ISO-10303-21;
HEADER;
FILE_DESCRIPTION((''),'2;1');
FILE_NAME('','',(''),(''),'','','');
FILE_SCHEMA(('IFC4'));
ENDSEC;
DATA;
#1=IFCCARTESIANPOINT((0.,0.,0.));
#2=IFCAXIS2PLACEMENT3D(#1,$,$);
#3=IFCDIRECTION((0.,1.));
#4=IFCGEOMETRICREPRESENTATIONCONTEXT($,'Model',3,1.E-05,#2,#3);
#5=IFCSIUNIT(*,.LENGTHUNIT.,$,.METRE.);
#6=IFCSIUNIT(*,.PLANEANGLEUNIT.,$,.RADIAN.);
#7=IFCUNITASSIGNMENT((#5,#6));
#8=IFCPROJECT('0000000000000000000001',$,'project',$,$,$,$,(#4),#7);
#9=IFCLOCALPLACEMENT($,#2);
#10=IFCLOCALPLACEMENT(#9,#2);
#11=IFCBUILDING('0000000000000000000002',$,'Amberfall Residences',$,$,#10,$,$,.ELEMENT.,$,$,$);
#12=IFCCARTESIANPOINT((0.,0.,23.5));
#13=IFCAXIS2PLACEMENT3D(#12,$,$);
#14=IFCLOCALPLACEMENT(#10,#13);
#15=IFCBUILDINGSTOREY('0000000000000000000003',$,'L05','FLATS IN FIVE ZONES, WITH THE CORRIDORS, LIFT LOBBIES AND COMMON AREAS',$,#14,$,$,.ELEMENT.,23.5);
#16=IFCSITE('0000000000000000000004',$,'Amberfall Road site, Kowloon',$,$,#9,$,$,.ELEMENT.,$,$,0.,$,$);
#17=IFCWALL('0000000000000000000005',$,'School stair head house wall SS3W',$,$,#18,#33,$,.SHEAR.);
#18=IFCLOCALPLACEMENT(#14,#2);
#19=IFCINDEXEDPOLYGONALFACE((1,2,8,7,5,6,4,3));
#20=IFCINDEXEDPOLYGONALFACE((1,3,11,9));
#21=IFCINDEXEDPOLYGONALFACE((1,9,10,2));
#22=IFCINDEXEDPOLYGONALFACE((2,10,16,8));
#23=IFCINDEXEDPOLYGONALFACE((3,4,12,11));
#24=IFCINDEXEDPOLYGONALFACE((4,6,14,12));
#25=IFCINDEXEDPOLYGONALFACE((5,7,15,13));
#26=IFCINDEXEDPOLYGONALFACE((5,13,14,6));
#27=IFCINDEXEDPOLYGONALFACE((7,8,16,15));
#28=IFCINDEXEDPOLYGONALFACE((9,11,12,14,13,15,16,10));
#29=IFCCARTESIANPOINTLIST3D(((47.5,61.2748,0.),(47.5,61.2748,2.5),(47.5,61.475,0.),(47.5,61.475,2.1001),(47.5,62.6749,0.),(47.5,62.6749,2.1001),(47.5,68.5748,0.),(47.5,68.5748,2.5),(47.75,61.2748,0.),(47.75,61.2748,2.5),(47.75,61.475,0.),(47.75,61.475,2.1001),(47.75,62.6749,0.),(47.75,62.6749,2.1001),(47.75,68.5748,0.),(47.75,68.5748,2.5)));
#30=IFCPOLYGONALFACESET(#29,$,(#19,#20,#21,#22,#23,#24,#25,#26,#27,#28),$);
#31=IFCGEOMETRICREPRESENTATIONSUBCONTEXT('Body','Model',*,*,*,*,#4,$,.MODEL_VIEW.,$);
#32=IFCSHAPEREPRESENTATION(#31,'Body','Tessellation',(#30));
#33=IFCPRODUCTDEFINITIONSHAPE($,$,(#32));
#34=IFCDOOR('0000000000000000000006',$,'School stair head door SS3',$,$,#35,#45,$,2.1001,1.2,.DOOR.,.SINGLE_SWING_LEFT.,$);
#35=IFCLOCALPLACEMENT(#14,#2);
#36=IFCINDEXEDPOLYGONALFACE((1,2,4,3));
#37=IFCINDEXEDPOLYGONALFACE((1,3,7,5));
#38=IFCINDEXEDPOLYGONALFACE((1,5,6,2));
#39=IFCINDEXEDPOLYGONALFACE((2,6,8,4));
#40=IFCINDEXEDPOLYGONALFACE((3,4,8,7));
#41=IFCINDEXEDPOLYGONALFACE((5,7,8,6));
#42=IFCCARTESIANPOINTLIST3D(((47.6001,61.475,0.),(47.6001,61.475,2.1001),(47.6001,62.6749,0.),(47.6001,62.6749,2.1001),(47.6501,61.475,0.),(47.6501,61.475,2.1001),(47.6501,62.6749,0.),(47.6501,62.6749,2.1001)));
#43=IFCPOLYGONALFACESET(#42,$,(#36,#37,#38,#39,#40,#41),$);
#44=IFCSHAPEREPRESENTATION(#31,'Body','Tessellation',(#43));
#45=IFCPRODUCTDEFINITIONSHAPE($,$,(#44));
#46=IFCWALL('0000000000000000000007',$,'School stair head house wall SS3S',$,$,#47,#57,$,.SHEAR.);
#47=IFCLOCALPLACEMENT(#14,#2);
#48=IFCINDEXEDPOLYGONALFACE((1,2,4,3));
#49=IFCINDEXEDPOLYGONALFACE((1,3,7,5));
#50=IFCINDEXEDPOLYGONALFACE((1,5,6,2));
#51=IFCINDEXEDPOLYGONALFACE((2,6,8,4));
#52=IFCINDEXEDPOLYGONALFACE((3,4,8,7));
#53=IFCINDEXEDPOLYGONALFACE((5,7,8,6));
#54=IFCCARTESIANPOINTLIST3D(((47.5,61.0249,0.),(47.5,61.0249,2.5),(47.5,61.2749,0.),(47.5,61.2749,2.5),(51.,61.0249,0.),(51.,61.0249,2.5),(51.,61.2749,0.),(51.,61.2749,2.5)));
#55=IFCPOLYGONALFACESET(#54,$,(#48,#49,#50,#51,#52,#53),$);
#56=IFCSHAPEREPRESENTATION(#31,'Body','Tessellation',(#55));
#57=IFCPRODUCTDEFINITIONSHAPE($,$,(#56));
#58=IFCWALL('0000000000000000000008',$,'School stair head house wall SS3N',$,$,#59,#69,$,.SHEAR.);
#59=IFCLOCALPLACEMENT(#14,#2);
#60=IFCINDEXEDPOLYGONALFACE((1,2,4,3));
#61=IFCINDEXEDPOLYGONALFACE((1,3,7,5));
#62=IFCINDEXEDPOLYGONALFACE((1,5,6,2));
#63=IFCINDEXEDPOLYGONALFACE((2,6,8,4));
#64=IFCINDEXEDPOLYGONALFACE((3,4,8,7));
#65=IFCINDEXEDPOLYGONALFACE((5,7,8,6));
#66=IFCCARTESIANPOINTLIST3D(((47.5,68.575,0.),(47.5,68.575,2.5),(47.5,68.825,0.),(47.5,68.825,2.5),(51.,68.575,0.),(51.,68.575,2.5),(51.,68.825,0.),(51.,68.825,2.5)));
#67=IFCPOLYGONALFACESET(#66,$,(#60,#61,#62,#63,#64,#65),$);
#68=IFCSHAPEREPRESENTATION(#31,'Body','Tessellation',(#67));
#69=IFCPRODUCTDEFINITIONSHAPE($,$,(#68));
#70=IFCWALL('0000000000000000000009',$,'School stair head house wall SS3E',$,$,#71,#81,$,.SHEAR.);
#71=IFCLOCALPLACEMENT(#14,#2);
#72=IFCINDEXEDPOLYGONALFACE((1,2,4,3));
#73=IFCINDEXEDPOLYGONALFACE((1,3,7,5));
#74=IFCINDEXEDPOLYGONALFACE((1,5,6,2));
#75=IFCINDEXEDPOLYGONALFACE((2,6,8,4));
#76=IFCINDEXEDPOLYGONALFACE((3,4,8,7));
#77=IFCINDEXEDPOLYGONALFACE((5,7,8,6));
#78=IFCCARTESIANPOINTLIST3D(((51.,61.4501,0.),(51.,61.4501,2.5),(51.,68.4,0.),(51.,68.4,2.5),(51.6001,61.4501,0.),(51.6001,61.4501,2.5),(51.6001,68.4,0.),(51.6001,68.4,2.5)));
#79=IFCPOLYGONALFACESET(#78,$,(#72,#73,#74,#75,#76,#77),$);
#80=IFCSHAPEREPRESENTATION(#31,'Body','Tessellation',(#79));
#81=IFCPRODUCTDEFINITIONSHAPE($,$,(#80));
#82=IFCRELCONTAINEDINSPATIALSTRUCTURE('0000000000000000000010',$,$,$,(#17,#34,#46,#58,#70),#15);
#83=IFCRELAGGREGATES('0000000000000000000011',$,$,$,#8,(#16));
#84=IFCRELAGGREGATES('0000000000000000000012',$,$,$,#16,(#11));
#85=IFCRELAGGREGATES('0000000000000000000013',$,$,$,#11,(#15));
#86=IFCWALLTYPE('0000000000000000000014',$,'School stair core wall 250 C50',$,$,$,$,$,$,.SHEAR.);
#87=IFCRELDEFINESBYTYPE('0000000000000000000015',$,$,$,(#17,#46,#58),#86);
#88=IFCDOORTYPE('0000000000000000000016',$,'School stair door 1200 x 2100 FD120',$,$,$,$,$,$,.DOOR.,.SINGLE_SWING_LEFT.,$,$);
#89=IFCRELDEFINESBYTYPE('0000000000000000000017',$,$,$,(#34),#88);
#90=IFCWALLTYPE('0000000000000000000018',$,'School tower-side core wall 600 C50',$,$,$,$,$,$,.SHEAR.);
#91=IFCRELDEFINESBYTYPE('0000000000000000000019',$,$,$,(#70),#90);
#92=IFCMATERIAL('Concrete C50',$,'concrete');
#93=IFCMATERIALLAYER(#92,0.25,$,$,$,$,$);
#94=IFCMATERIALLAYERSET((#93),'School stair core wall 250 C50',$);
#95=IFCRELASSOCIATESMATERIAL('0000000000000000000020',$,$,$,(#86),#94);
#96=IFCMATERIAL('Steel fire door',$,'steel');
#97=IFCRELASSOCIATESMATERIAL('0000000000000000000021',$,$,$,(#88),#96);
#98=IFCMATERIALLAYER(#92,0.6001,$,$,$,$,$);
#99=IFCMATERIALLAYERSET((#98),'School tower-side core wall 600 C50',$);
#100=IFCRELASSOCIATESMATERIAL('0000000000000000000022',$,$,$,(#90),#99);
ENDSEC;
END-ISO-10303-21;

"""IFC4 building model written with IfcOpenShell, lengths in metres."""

from ifc_helpers import new_model, si_unit, direction, frame, frame_2d, origin, place, context, subcontext, project, spatial, rectangle, extrude, material, layer, layer_set, type_object, element, fill, save


model = new_model("IFC4")

# Units and contexts
model_context = context("Model", 3, precision=1e-05, world=origin(), true_north=direction((0.0, 1.0)))
body_context = subcontext(model_context, "Body", "Model", "MODEL_VIEW")
ifc_project = project(units=[si_unit("LENGTHUNIT", "METRE"), si_unit("PLANEANGLEUNIT", "RADIAN")], contexts=[model_context])

# Site, building, storey
site_placement = place(None, origin())
site = spatial("IfcSite", under=ifc_project, at=site_placement, Name="Amberfall Road site, Kowloon", CompositionType="ELEMENT", RefElevation=0.0)
building_placement = place(site_placement, origin())
building = spatial("IfcBuilding", under=site, at=building_placement, Name="Amberfall Residences", CompositionType="ELEMENT")
storey_placement = place(building_placement, frame((0.0, 0.0, 23.5)))
storey = spatial("IfcBuildingStorey", under=building, at=storey_placement, Name="L05", Description="FLATS IN FIVE ZONES, WITH THE CORRIDORS, LIFT LOBBIES AND COMMON AREAS", CompositionType="ELEMENT", Elevation=23.5)

# Wall, opening, door
ifc_material_1 = material(Name="Concrete C50", Category="concrete")
ifc_layer_1 = layer(ifc_material_1, 0.25)
ifc_layer_set_1 = layer_set([ifc_layer_1], Name="School stair core wall 250 C50")
wall_type_1 = type_object("IfcWallType", Name="School stair core wall 250 C50", PredefinedType="SHEAR", material=ifc_layer_set_1)
wall_1_placement = place(storey_placement, frame((47.625, 61.2749, 0.0), z_axis=(0.0, 0.0, 1.0), x_axis=(0.0, 1.0, 0.0)))
wall_1 = element("IfcWall", 1, at=wall_1_placement, inside=storey, type_object=wall_type_1, Name="School stair head house wall SS3W", PredefinedType="SHEAR", context=body_context, shape_type="SweptSolid", body=[
    extrude(rectangle(XDim=7.3, YDim=0.25, at=frame_2d((3.6499, 0.0))), origin(), (0.0, 0.0, 1.0), 2.5),
])
opening_placement = place(wall_1_placement, frame((0.2, 0.0, 0.0)))
opening = element("IfcOpeningElement", 2, at=opening_placement, cuts=wall_1, PredefinedType="OPENING", context=body_context, shape_type="SweptSolid", body=[
    extrude(rectangle(XDim=1.2, YDim=2.1001, at=frame_2d((0.6001, 1.05))), frame((0.0, 0.135, 0.0), z_axis=(0.0, -1.0, 0.0), x_axis=(1.0, 0.0, 0.0)), (0.0, 0.0, 1.0), 0.27),
])
ifc_material_2 = material(Name="Steel fire door", Category="steel")
door_type = type_object("IfcDoorType", Name="School stair door 1200 x 2100 FD120", OperationType="SINGLE_SWING_LEFT", PredefinedType="DOOR", material=ifc_material_2)
door_placement = place(opening_placement, origin())
door = element("IfcDoor", 3, at=door_placement, inside=storey, type_object=door_type, Name="School stair head door SS3", OperationType="SINGLE_SWING_LEFT", OverallHeight=2.1001, OverallWidth=1.2, PredefinedType="DOOR", context=body_context, shape_type="SweptSolid", body=[
    extrude(rectangle(XDim=1.2, YDim=2.1001, at=frame_2d((0.6001, 1.05))), frame((0.0, 0.0249, 0.0), z_axis=(0.0, -1.0, 0.0), x_axis=(1.0, 0.0, 0.0)), (0.0, 0.0, 1.0), 0.05),
])
fill(opening, door)

# Walls
for number, where, z_axis, x_axis, name in (
    (4, (47.5, 61.1499, 0.0), (0.0, 0.0, 1.0), (1.0, 0.0, 0.0), "School stair head house wall SS3S"),
    (5, (47.5, 68.7, 0.0), (0.0, 0.0, 1.0), (1.0, 0.0, 0.0), "School stair head house wall SS3N"),
):
    element("IfcWall", number, at=place(storey_placement, frame(where, z_axis=z_axis, x_axis=x_axis)), inside=storey, type_object=wall_type_1, Name=name, PredefinedType="SHEAR", context=body_context, shape_type="SweptSolid", body=[
        extrude(rectangle(XDim=3.5, YDim=0.25, at=frame_2d((1.75, 0.0))), origin(), (0.0, 0.0, 1.0), 2.5),
    ])
ifc_layer_2 = layer(ifc_material_1, 0.6001)
ifc_layer_set_2 = layer_set([ifc_layer_2], Name="School tower-side core wall 600 C50")
wall_type_2 = type_object("IfcWallType", Name="School tower-side core wall 600 C50", PredefinedType="SHEAR", material=ifc_layer_set_2)
wall_2_placement = place(storey_placement, frame((51.3, 61.45, 0.0), z_axis=(0.0, 0.0, 1.0), x_axis=(0.0, 1.0, 0.0)))
element("IfcWall", 6, at=wall_2_placement, inside=storey, type_object=wall_type_2, Name="School stair head house wall SS3E", PredefinedType="SHEAR", context=body_context, shape_type="SweptSolid", body=[
    extrude(rectangle(XDim=6.95, YDim=0.6001, at=frame_2d((3.4751, 0.0))), origin(), (0.0, 0.0, 1.0), 2.5),
])

save(model, "model.ifc")
